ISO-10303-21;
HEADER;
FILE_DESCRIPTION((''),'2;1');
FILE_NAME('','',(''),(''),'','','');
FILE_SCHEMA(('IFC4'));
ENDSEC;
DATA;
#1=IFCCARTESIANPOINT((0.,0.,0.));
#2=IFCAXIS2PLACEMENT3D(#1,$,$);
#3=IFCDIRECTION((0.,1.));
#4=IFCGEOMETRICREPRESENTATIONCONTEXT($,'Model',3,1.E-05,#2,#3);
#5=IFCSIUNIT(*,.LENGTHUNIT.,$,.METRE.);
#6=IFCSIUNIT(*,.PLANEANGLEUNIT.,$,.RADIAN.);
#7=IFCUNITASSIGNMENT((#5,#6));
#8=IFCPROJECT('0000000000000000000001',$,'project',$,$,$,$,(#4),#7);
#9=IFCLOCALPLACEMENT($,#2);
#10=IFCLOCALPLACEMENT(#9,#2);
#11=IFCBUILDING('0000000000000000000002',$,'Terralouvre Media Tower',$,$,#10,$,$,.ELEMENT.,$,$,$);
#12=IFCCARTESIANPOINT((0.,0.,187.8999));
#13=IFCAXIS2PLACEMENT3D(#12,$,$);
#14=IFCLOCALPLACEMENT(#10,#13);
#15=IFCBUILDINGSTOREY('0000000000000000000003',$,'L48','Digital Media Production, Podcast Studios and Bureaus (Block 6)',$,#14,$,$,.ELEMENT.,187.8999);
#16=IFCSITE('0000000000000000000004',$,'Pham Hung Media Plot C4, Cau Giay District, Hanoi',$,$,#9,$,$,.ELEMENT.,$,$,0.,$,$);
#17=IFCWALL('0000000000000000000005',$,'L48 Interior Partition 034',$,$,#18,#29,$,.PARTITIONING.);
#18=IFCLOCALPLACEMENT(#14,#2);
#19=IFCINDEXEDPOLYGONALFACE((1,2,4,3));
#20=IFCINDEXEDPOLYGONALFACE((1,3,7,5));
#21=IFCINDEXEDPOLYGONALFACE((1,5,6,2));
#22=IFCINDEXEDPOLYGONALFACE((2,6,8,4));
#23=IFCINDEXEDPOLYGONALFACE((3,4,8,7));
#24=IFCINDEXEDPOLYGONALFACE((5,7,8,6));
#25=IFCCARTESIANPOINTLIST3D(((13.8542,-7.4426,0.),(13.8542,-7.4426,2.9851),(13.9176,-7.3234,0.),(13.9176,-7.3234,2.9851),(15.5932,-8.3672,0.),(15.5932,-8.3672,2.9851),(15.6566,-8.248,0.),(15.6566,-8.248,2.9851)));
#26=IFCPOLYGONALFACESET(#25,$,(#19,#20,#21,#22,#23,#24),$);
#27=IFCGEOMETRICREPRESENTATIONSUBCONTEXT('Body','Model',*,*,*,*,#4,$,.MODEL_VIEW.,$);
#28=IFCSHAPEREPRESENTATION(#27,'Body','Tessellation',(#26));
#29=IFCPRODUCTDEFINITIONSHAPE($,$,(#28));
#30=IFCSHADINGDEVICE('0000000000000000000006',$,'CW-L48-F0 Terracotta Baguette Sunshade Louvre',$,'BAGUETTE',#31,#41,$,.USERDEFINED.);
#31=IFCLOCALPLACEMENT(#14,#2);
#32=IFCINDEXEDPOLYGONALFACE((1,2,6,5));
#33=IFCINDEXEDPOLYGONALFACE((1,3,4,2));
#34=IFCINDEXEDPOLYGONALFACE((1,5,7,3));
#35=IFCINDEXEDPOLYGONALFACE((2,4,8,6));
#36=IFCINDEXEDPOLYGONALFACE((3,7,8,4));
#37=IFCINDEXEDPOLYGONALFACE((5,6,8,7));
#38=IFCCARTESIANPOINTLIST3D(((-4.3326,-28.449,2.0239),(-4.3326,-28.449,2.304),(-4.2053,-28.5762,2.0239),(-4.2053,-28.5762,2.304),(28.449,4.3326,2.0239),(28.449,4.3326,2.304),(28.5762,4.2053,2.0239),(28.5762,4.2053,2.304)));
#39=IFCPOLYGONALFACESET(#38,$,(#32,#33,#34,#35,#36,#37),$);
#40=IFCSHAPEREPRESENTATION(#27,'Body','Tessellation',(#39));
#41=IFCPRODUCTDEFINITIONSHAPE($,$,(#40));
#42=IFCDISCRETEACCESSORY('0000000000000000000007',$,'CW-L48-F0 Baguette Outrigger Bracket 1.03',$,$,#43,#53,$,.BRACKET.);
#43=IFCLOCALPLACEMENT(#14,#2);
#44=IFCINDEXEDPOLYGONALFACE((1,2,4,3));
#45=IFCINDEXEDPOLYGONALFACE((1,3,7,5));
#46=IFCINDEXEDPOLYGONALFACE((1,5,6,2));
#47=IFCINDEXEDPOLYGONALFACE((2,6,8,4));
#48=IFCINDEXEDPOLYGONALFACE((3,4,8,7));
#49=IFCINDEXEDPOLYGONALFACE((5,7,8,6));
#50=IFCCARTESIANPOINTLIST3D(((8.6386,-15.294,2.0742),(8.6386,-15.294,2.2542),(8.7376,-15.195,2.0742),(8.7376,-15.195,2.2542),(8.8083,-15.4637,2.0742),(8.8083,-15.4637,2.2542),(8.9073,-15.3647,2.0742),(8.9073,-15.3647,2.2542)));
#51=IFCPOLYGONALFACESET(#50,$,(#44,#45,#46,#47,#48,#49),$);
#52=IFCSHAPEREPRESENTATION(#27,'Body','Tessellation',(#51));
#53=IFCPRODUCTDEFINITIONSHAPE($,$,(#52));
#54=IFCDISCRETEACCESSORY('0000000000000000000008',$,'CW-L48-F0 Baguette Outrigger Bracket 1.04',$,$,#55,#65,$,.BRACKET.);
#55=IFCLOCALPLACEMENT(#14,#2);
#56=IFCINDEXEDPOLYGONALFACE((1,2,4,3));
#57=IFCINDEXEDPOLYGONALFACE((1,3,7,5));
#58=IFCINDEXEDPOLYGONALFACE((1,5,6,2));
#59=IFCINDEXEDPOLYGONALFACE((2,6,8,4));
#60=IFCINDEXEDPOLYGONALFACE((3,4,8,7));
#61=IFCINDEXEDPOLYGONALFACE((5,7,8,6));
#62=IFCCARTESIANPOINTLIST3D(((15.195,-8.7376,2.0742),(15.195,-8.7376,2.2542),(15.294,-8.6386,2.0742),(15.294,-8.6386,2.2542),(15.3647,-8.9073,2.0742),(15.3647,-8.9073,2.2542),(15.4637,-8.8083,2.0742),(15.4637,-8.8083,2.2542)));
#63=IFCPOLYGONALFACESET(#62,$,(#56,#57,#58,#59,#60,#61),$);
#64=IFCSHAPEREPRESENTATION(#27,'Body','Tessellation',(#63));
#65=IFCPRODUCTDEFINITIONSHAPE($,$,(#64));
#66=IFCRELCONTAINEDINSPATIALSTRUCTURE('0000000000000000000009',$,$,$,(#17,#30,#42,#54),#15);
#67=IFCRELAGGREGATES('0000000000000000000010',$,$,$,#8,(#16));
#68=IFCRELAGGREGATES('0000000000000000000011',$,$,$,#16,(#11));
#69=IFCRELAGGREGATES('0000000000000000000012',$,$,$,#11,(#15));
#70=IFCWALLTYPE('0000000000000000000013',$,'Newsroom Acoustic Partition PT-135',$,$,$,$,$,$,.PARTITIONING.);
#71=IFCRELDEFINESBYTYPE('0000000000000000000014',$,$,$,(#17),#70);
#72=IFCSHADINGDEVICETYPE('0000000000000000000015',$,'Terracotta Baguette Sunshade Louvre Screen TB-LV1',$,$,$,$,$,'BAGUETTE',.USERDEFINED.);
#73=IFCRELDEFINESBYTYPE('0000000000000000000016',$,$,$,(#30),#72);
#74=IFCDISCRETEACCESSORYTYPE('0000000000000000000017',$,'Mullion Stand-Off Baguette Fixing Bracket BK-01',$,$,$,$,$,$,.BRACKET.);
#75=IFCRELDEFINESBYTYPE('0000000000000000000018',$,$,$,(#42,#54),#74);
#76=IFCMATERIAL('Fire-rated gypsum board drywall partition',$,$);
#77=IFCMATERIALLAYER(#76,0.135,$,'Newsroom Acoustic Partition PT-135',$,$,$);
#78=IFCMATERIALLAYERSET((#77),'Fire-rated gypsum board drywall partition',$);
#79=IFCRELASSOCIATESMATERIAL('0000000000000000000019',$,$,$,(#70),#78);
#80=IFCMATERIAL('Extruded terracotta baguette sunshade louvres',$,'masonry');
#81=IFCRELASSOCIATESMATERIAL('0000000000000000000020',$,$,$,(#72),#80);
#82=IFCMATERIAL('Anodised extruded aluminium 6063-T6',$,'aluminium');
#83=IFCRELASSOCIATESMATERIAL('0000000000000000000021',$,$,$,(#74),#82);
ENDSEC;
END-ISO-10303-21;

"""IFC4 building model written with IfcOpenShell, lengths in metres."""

from ifc_helpers import new_model, si_unit, direction, frame, frame_2d, origin, origin_2d, place, context, subcontext, project, spatial, rectangle, extrude, material, layer, layer_set, type_object, element, save


model = new_model("IFC4")

# Units and contexts
model_context = context("Model", 3, precision=1e-05, world=origin(), true_north=direction((0.0, 1.0)))
body_context = subcontext(model_context, "Body", "Model", "MODEL_VIEW")
ifc_project = project(units=[si_unit("LENGTHUNIT", "METRE"), si_unit("PLANEANGLEUNIT", "RADIAN")], contexts=[model_context])

# Site, building, storey
site_placement = place(None, origin())
site = spatial("IfcSite", under=ifc_project, at=site_placement, Name="Pham Hung Media Plot C4, Cau Giay District, Hanoi", CompositionType="ELEMENT", RefElevation=0.0)
building_placement = place(site_placement, origin())
building = spatial("IfcBuilding", under=site, at=building_placement, Name="Terralouvre Media Tower", CompositionType="ELEMENT")
storey_placement = place(building_placement, frame((0.0, 0.0, 187.8999)))
storey = spatial("IfcBuildingStorey", under=building, at=storey_placement, Name="L48", Description="Digital Media Production, Podcast Studios and Bureaus (Block 6)", CompositionType="ELEMENT", Elevation=187.8999)

# Shared definitions
ifc_material_1 = material(Name="Fire-rated gypsum board drywall partition")
ifc_layer_1 = layer(ifc_material_1, 0.135, Name="Newsroom Acoustic Partition PT-135")
ifc_layer_set_1 = layer_set([ifc_layer_1], Name="Fire-rated gypsum board drywall partition")
wall_type_1 = type_object("IfcWallType", Name="Newsroom Acoustic Partition PT-135", PredefinedType="PARTITIONING", material=ifc_layer_set_1)

# Wall
wall_1_placement = place(storey_placement, frame((15.625, -8.3076, 0.0), z_axis=(0.0, 0.0, 1.0), x_axis=(-0.882966, 0.469436, 0.0)))
element("IfcWall", 1, at=wall_1_placement, inside=storey, type_object=wall_type_1, Name="L48 Interior Partition 034", PredefinedType="PARTITIONING", context=body_context, shape_type="SweptSolid", body=[
    extrude(rectangle(XDim=1.9695, YDim=0.135, at=frame_2d((0.9849, 0.0))), origin(), (0.0, 0.0, 1.0), 2.9851),
])

# Shading device
ifc_material_2 = material(Name="Extruded terracotta baguette sunshade louvres", Category="masonry")
shading_device_type = type_object("IfcShadingDeviceType", Name="Terracotta Baguette Sunshade Louvre Screen TB-LV1", ElementType="BAGUETTE", PredefinedType="USERDEFINED", material=ifc_material_2)
shading_device_placement = place(storey_placement, frame((12.1218, -12.1218, 2.0239), z_axis=(0.0, 0.0, 1.0), x_axis=(0.707107, 0.707107, 0.0)))
element("IfcShadingDevice", 2, at=shading_device_placement, inside=storey, type_object=shading_device_type, Name="CW-L48-F0 Terracotta Baguette Sunshade Louvre", ObjectType="BAGUETTE", PredefinedType="USERDEFINED", context=body_context, shape_type="SweptSolid", body=[
    extrude(rectangle(XDim=46.3601, YDim=0.1799, at=origin_2d()), origin(), (0.0, 0.0, 1.0), 0.28),
])

# Discrete accessories
ifc_material_3 = material(Name="Anodised extruded aluminium 6063-T6", Category="aluminium")
discrete_accessory_type = type_object("IfcDiscreteAccessoryType", Name="Mullion Stand-Off Baguette Fixing Bracket BK-01", PredefinedType="BRACKET", material=ifc_material_3)
for number, where, z_axis, x_axis, name in (
    (3, (8.7729, -15.3293, 2.0742), (0.0, 0.0, 1.0), (0.707107, 0.707107, 0.0), "CW-L48-F0 Baguette Outrigger Bracket 1.03"),
    (4, (15.3293, -8.7729, 2.0742), (0.0, 0.0, 1.0), (0.707107, 0.707107, 0.0), "CW-L48-F0 Baguette Outrigger Bracket 1.04"),
):
    element("IfcDiscreteAccessory", number, at=place(storey_placement, frame(where, z_axis=z_axis, x_axis=x_axis)), inside=storey, type_object=discrete_accessory_type, Name=name, PredefinedType="BRACKET", context=body_context, shape_type="SweptSolid", body=[
        extrude(rectangle(XDim=0.1399, YDim=0.24, at=origin_2d()), origin(), (0.0, 0.0, 1.0), 0.1799),
    ])

save(model, "model.ifc")
